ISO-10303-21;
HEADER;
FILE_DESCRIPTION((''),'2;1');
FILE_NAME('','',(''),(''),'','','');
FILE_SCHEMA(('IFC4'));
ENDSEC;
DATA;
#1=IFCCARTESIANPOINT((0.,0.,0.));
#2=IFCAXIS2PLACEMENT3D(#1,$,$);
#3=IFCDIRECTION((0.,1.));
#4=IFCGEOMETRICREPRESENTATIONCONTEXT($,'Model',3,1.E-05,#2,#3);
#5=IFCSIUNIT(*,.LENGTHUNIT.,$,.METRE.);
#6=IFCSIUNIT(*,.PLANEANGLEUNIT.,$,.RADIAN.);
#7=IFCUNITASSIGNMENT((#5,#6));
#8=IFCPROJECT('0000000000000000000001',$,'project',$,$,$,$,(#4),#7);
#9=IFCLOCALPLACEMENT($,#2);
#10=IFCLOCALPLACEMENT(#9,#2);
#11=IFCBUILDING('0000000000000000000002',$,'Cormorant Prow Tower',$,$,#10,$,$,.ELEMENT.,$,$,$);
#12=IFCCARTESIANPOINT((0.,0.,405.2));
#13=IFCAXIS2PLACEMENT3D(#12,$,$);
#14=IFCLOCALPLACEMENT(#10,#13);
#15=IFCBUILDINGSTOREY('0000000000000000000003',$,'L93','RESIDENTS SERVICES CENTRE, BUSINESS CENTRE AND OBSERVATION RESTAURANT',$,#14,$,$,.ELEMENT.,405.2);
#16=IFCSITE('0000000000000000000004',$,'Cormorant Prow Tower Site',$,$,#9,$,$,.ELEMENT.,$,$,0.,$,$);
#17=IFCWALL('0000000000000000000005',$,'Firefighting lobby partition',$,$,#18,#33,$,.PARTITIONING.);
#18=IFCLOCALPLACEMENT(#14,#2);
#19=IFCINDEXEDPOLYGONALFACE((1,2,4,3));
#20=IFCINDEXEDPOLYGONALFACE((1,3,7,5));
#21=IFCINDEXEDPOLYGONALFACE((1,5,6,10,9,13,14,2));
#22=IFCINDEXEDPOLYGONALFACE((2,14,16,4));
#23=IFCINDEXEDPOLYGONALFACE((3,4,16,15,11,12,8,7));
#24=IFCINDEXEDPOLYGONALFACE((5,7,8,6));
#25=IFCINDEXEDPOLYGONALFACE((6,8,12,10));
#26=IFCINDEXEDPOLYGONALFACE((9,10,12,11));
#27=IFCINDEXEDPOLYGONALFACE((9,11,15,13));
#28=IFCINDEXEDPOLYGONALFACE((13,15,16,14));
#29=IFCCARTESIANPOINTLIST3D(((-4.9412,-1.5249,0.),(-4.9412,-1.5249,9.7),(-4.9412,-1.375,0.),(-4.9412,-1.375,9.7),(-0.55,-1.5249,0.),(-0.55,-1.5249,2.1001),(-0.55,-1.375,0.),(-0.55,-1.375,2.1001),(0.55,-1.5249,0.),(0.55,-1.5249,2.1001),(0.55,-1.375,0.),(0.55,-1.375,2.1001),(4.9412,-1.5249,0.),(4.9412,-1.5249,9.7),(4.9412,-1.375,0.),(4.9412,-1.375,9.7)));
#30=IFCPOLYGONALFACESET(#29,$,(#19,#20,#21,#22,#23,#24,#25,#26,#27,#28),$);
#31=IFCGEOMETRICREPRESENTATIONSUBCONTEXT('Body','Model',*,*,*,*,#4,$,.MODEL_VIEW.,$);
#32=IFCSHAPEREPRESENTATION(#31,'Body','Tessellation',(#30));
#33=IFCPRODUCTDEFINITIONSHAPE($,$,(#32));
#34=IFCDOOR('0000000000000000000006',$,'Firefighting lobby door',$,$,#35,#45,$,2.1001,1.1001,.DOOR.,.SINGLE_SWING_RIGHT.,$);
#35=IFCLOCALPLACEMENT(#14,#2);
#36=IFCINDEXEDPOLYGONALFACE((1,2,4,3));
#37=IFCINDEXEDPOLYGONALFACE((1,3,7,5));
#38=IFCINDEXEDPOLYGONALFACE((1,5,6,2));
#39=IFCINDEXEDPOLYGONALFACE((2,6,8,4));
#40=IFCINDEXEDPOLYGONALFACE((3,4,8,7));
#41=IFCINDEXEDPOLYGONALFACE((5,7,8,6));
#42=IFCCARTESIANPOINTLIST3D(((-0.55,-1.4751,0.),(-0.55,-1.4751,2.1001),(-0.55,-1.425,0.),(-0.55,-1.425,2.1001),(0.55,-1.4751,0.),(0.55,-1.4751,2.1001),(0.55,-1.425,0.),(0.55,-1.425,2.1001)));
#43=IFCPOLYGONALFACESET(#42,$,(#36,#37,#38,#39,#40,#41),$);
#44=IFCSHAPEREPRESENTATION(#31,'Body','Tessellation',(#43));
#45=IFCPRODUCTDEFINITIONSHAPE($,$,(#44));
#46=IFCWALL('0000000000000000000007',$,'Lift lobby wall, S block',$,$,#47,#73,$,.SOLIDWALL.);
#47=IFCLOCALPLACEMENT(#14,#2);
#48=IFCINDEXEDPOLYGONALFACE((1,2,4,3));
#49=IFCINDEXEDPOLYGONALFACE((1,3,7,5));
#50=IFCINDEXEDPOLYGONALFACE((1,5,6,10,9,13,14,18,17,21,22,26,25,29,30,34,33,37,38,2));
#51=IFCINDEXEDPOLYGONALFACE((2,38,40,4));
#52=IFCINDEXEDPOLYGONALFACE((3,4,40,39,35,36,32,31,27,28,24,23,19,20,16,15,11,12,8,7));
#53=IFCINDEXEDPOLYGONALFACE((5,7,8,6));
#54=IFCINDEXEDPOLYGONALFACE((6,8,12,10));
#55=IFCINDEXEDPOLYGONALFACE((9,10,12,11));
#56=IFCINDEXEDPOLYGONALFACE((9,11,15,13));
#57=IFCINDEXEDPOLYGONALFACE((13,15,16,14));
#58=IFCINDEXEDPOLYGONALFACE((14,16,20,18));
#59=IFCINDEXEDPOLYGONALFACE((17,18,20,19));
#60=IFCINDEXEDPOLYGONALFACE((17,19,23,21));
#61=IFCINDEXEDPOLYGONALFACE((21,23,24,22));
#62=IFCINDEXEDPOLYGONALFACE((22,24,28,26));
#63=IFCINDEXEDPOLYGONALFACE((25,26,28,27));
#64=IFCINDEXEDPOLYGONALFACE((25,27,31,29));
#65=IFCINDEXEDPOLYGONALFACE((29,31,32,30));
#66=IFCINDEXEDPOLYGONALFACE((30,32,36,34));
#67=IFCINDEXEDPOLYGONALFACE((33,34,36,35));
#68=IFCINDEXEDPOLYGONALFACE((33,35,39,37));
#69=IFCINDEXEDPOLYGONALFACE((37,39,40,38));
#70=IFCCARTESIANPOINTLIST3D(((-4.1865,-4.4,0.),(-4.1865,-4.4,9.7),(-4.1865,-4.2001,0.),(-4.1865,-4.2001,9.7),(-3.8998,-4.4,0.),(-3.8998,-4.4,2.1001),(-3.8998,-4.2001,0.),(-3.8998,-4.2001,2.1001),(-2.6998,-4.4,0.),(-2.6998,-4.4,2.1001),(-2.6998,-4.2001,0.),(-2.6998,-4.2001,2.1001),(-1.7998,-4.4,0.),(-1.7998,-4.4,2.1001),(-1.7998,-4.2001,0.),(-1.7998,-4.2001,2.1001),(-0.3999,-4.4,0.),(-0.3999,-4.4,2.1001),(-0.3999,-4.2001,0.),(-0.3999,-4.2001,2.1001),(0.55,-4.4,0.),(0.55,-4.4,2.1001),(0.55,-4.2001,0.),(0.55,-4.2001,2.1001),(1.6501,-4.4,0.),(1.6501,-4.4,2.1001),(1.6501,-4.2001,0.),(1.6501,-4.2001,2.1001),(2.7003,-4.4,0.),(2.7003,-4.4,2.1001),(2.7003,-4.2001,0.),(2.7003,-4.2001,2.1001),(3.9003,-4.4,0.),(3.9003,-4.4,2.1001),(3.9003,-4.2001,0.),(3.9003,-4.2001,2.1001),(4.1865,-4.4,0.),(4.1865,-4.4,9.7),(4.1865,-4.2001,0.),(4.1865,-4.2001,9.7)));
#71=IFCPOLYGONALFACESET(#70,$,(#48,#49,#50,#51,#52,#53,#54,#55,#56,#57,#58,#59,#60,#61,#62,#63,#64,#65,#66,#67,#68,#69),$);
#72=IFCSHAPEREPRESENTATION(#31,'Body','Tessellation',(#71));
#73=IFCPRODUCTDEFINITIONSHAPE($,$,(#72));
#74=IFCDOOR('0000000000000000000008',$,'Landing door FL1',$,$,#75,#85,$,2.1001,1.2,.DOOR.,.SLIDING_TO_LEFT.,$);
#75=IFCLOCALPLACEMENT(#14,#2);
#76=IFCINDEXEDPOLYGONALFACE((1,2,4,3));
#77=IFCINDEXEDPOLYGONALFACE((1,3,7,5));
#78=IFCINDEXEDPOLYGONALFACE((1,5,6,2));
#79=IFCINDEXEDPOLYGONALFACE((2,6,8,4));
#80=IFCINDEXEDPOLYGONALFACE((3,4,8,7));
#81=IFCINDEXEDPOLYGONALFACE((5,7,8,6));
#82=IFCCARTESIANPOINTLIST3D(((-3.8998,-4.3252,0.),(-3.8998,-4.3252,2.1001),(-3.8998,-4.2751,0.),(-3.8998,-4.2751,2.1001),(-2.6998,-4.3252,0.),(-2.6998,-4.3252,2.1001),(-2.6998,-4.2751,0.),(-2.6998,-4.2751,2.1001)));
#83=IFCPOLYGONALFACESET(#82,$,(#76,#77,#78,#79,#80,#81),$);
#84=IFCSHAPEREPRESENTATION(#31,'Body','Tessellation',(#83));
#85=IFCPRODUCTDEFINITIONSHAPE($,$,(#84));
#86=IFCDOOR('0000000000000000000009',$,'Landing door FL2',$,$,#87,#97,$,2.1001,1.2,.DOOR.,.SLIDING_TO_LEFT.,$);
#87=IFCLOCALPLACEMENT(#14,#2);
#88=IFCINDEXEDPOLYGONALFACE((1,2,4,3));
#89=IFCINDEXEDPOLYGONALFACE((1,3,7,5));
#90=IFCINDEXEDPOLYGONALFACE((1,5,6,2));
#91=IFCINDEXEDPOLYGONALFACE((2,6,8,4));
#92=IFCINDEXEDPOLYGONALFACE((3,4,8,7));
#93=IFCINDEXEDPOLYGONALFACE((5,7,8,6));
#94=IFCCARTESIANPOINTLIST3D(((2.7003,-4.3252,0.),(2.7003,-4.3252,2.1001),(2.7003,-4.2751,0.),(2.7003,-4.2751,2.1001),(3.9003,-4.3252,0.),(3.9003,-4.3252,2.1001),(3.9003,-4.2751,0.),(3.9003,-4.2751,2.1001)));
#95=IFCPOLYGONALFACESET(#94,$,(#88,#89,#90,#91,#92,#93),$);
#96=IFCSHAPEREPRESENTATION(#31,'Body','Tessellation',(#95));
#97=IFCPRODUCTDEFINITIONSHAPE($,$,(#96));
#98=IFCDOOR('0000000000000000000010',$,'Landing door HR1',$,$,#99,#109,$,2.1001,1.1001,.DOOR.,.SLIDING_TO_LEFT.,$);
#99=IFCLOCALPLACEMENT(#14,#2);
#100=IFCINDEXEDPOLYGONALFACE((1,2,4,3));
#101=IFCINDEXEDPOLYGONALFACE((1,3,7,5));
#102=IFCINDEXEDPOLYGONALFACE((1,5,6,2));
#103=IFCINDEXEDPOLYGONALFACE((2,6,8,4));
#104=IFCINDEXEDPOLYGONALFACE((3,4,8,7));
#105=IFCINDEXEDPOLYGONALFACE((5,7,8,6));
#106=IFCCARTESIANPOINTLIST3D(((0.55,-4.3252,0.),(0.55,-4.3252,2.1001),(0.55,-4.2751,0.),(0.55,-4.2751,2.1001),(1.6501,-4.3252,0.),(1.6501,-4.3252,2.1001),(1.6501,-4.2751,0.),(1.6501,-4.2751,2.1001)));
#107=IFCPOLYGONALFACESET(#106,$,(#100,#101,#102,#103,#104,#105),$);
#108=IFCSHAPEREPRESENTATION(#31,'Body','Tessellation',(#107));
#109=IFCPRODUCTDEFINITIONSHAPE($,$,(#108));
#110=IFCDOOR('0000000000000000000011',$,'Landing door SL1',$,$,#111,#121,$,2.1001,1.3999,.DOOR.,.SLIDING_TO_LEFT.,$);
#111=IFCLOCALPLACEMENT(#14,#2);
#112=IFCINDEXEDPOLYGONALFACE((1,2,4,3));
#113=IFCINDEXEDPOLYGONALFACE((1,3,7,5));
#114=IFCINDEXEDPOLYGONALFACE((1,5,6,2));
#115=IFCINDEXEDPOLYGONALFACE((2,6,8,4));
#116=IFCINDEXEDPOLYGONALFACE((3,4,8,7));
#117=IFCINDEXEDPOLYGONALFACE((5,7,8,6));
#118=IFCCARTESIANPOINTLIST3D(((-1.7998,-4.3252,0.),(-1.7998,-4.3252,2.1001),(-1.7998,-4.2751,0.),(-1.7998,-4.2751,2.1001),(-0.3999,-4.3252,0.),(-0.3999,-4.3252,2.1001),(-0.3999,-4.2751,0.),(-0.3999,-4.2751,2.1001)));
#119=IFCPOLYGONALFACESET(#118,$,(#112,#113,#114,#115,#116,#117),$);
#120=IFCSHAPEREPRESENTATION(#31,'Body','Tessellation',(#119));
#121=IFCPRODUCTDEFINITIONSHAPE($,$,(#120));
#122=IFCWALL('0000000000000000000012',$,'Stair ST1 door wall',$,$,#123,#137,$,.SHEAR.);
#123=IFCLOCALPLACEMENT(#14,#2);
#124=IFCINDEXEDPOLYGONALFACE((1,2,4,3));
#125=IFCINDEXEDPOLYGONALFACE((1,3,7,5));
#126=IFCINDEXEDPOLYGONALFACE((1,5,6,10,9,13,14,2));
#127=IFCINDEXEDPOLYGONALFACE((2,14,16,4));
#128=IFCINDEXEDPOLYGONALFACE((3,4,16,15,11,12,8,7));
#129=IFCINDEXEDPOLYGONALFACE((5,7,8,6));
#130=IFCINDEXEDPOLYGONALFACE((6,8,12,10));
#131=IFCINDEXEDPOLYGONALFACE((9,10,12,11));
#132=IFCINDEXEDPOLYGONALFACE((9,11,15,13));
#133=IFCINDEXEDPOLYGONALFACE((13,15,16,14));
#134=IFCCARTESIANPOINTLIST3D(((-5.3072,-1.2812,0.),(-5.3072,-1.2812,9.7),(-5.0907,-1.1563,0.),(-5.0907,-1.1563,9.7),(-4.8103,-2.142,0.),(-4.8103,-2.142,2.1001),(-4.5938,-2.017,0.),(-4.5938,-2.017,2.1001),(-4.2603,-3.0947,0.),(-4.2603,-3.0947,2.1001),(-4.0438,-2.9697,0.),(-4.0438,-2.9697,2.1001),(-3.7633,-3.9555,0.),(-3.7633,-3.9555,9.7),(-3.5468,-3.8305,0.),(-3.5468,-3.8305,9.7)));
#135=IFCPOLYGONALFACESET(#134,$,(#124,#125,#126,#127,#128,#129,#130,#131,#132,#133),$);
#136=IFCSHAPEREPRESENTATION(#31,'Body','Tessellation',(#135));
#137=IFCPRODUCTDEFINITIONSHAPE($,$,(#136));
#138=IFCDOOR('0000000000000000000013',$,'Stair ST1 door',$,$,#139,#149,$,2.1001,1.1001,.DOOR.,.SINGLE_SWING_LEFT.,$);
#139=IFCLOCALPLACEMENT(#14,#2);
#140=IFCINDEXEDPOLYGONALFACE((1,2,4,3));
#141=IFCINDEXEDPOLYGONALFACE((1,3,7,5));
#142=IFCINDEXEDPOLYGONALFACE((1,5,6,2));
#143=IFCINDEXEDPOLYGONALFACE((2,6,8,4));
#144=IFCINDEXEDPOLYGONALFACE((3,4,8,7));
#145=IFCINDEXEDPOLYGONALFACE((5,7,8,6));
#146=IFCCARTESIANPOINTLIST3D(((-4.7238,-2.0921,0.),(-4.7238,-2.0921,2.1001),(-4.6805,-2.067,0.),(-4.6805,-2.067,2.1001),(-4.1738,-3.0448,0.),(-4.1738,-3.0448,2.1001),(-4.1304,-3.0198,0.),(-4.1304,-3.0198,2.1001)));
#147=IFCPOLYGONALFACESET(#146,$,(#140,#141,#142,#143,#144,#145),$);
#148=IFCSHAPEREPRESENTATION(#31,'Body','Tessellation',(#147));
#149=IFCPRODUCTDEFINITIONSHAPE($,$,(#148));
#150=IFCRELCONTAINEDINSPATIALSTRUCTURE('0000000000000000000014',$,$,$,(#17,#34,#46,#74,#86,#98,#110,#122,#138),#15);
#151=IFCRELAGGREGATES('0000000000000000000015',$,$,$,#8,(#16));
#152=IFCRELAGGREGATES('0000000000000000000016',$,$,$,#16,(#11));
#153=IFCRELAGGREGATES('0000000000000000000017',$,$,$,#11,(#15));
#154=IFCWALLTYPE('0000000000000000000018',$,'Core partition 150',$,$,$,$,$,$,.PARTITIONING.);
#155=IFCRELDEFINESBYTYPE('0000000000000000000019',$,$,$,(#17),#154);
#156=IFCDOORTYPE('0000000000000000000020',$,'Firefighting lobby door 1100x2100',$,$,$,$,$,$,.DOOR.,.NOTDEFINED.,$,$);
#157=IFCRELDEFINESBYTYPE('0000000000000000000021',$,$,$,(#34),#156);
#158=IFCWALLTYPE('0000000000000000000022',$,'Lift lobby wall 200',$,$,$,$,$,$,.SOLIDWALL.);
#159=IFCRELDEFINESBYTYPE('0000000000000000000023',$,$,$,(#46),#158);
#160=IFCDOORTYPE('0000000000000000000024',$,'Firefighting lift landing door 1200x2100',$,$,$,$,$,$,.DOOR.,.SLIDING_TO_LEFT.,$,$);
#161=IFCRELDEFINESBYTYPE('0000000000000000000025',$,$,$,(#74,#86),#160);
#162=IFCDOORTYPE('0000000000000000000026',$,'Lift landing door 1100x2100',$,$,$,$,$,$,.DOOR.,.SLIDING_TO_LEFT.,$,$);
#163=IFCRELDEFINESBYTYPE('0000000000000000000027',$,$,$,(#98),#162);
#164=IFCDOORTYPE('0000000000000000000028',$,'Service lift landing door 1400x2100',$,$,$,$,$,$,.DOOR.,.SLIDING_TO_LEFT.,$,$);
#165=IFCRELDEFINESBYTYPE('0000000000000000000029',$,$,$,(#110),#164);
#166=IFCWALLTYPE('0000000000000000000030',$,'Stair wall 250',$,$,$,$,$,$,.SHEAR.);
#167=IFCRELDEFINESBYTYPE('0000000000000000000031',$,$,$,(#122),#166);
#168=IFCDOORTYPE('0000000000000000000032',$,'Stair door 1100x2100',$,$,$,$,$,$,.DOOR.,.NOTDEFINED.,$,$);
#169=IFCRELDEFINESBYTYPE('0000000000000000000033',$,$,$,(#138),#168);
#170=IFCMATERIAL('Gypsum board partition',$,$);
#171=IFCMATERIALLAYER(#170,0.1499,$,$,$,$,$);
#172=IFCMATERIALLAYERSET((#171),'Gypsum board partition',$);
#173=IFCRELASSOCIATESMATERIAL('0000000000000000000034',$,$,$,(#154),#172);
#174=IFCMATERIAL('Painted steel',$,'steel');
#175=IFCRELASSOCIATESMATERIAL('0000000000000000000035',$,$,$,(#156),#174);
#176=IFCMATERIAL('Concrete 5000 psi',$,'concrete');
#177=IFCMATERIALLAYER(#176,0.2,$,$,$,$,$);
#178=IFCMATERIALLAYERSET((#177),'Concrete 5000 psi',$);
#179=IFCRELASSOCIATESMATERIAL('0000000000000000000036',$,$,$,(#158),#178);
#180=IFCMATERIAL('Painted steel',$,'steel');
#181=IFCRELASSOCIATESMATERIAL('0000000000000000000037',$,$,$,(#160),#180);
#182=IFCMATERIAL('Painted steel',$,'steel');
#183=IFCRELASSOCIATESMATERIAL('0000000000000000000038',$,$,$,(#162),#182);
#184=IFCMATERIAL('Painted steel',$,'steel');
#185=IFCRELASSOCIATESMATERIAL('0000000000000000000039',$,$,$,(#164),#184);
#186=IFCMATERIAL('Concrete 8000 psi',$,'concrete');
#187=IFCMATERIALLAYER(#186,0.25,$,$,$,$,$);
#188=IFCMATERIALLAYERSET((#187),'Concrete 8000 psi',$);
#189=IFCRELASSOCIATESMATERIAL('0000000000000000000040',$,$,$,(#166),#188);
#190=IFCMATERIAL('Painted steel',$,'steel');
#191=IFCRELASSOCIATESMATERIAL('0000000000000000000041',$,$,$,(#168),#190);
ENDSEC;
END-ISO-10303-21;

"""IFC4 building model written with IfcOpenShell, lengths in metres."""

from ifc_helpers import new_model, si_unit, direction, frame, frame_2d, origin, place, context, subcontext, project, spatial, rectangle, extrude, material, layer, layer_set, type_object, element, fill, save


model = new_model("IFC4")

# Units and contexts
model_context = context("Model", 3, precision=1e-05, world=origin(), true_north=direction((0.0, 1.0)))
body_context = subcontext(model_context, "Body", "Model", "MODEL_VIEW")
ifc_project = project(units=[si_unit("LENGTHUNIT", "METRE"), si_unit("PLANEANGLEUNIT", "RADIAN")], contexts=[model_context])

# Site, building, storey
site_placement = place(None, origin())
site = spatial("IfcSite", under=ifc_project, at=site_placement, Name="Cormorant Prow Tower Site", CompositionType="ELEMENT", RefElevation=0.0)
building_placement = place(site_placement, origin())
building = spatial("IfcBuilding", under=site, at=building_placement, Name="Cormorant Prow Tower", CompositionType="ELEMENT")
storey_placement = place(building_placement, frame((0.0, 0.0, 405.2)))
storey = spatial("IfcBuildingStorey", under=building, at=storey_placement, Name="L93", Description="RESIDENTS SERVICES CENTRE, BUSINESS CENTRE AND OBSERVATION RESTAURANT", CompositionType="ELEMENT", Elevation=405.2)

# Wall, opening, door
ifc_material_1 = material(Name="Gypsum board partition")
ifc_layer_1 = layer(ifc_material_1, 0.1499)
ifc_layer_set_1 = layer_set([ifc_layer_1], Name="Gypsum board partition")
wall_type_1 = type_object("IfcWallType", Name="Core partition 150", PredefinedType="PARTITIONING", material=ifc_layer_set_1)
wall_1_placement = place(storey_placement, frame((-4.9412, -1.45, 0.0), z_axis=(0.0, 0.0, 1.0), x_axis=(1.0, 0.0, 0.0)))
wall_1 = element("IfcWall", 1, at=wall_1_placement, inside=storey, type_object=wall_type_1, Name="Firefighting lobby partition", PredefinedType="PARTITIONING", context=body_context, shape_type="SweptSolid", body=[
    extrude(rectangle(XDim=9.8823, YDim=0.1499, at=frame_2d((4.9412, 0.0))), origin(), (0.0, 0.0, 1.0), 9.7),
])
opening_1_placement = place(wall_1_placement, frame((4.3911, 0.0, 0.0)))
opening_1 = element("IfcOpeningElement", 2, at=opening_1_placement, cuts=wall_1, PredefinedType="OPENING", context=body_context, shape_type="SweptSolid", body=[
    extrude(rectangle(XDim=1.1001, YDim=2.1001, at=frame_2d((0.55, 1.05))), frame((0.0, 0.085, 0.0), z_axis=(0.0, -1.0, 0.0), x_axis=(1.0, 0.0, 0.0)), (0.0, 0.0, 1.0), 0.1699),
])
ifc_material_2 = material(Name="Painted steel", Category="steel")
door_type_1 = type_object("IfcDoorType", Name="Firefighting lobby door 1100x2100", OperationType="NOTDEFINED", PredefinedType="DOOR", material=ifc_material_2)
door_1_placement = place(opening_1_placement, origin())
door_1 = element("IfcDoor", 3, at=door_1_placement, inside=storey, type_object=door_type_1, Name="Firefighting lobby door", OperationType="SINGLE_SWING_RIGHT", OverallHeight=2.1001, OverallWidth=1.1001, PredefinedType="DOOR", context=body_context, shape_type="SweptSolid", body=[
    extrude(rectangle(XDim=1.1001, YDim=2.1001, at=frame_2d((0.55, 1.05))), frame((0.0, 0.0249, 0.0), z_axis=(0.0, -1.0, 0.0), x_axis=(1.0, 0.0, 0.0)), (0.0, 0.0, 1.0), 0.05),
])
fill(opening_1, door_1)

# Wall, openings, doors
ifc_material_3 = material(Name="Concrete 5000 psi", Category="concrete")
ifc_layer_2 = layer(ifc_material_3, 0.2)
ifc_layer_set_2 = layer_set([ifc_layer_2], Name="Concrete 5000 psi")
wall_type_2 = type_object("IfcWallType", Name="Lift lobby wall 200", PredefinedType="SOLIDWALL", material=ifc_layer_set_2)
wall_2_placement = place(storey_placement, frame((-4.1865, -4.3, 0.0), z_axis=(0.0, 0.0, 1.0), x_axis=(1.0, 0.0, 0.0)))
wall_2 = element("IfcWall", 4, at=wall_2_placement, inside=storey, type_object=wall_type_2, Name="Lift lobby wall, S block", PredefinedType="SOLIDWALL", context=body_context, shape_type="SweptSolid", body=[
    extrude(rectangle(XDim=8.373, YDim=0.2, at=frame_2d((4.1865, 0.0))), origin(), (0.0, 0.0, 1.0), 9.7),
])
opening_2_placement = place(wall_2_placement, frame((0.2866, 0.0, 0.0)))
opening_2 = element("IfcOpeningElement", 5, at=opening_2_placement, cuts=wall_2, PredefinedType="OPENING", context=body_context, shape_type="SweptSolid", body=[
    extrude(rectangle(XDim=1.2, YDim=2.1001, at=frame_2d((0.6001, 1.05))), frame((0.0, 0.1099, 0.0), z_axis=(0.0, -1.0, 0.0), x_axis=(1.0, 0.0, 0.0)), (0.0, 0.0, 1.0), 0.22),
])
opening_3_placement = place(wall_2_placement, frame((2.3867, 0.0, 0.0)))
opening_3 = element("IfcOpeningElement", 6, at=opening_3_placement, cuts=wall_2, PredefinedType="OPENING", context=body_context, shape_type="SweptSolid", body=[
    extrude(rectangle(XDim=1.3999, YDim=2.1001, at=frame_2d((0.7, 1.05))), frame((0.0, 0.1099, 0.0), z_axis=(0.0, -1.0, 0.0), x_axis=(1.0, 0.0, 0.0)), (0.0, 0.0, 1.0), 0.22),
])
opening_4_placement = place(wall_2_placement, frame((4.7366, 0.0, 0.0)))
opening_4 = element("IfcOpeningElement", 7, at=opening_4_placement, cuts=wall_2, PredefinedType="OPENING", context=body_context, shape_type="SweptSolid", body=[
    extrude(rectangle(XDim=1.1001, YDim=2.1001, at=frame_2d((0.55, 1.05))), frame((0.0, 0.1099, 0.0), z_axis=(0.0, -1.0, 0.0), x_axis=(1.0, 0.0, 0.0)), (0.0, 0.0, 1.0), 0.22),
])
opening_5_placement = place(wall_2_placement, frame((6.8867, 0.0, 0.0)))
opening_5 = element("IfcOpeningElement", 8, at=opening_5_placement, cuts=wall_2, PredefinedType="OPENING", context=body_context, shape_type="SweptSolid", body=[
    extrude(rectangle(XDim=1.2, YDim=2.1001, at=frame_2d((0.6001, 1.05))), frame((0.0, 0.1099, 0.0), z_axis=(0.0, -1.0, 0.0), x_axis=(1.0, 0.0, 0.0)), (0.0, 0.0, 1.0), 0.22),
])
ifc_material_4 = material(Name="Painted steel", Category="steel")
door_type_2 = type_object("IfcDoorType", Name="Firefighting lift landing door 1200x2100", OperationType="SLIDING_TO_LEFT", PredefinedType="DOOR", material=ifc_material_4)
door_2_placement = place(opening_2_placement, origin())
door_2 = element("IfcDoor", 9, at=door_2_placement, inside=storey, type_object=door_type_2, Name="Landing door FL1", OperationType="SLIDING_TO_LEFT", OverallHeight=2.1001, OverallWidth=1.2, PredefinedType="DOOR", context=body_context, shape_type="SweptSolid", body=[
    extrude(rectangle(XDim=1.2, YDim=2.1001, at=frame_2d((0.6001, 1.05))), frame((0.0, 0.0249, 0.0), z_axis=(0.0, -1.0, 0.0), x_axis=(1.0, 0.0, 0.0)), (0.0, 0.0, 1.0), 0.05),
])
fill(opening_2, door_2)
door_3_placement = place(opening_5_placement, origin())
door_3 = element("IfcDoor", 10, at=door_3_placement, inside=storey, type_object=door_type_2, Name="Landing door FL2", OperationType="SLIDING_TO_LEFT", OverallHeight=2.1001, OverallWidth=1.2, PredefinedType="DOOR", context=body_context, shape_type="SweptSolid", body=[
    extrude(rectangle(XDim=1.2, YDim=2.1001, at=frame_2d((0.6001, 1.05))), frame((0.0, 0.0249, 0.0), z_axis=(0.0, -1.0, 0.0), x_axis=(1.0, 0.0, 0.0)), (0.0, 0.0, 1.0), 0.05),
])
fill(opening_5, door_3)
ifc_material_5 = material(Name="Painted steel", Category="steel")
door_type_3 = type_object("IfcDoorType", Name="Lift landing door 1100x2100", OperationType="SLIDING_TO_LEFT", PredefinedType="DOOR", material=ifc_material_5)
door_4_placement = place(opening_4_placement, origin())
door_4 = element("IfcDoor", 11, at=door_4_placement, inside=storey, type_object=door_type_3, Name="Landing door HR1", OperationType="SLIDING_TO_LEFT", OverallHeight=2.1001, OverallWidth=1.1001, PredefinedType="DOOR", context=body_context, shape_type="SweptSolid", body=[
    extrude(rectangle(XDim=1.1001, YDim=2.1001, at=frame_2d((0.55, 1.05))), frame((0.0, 0.0249, 0.0), z_axis=(0.0, -1.0, 0.0), x_axis=(1.0, 0.0, 0.0)), (0.0, 0.0, 1.0), 0.05),
])
fill(opening_4, door_4)
ifc_material_6 = material(Name="Painted steel", Category="steel")
door_type_4 = type_object("IfcDoorType", Name="Service lift landing door 1400x2100", OperationType="SLIDING_TO_LEFT", PredefinedType="DOOR", material=ifc_material_6)
door_5_placement = place(opening_3_placement, origin())
door_5 = element("IfcDoor", 12, at=door_5_placement, inside=storey, type_object=door_type_4, Name="Landing door SL1", OperationType="SLIDING_TO_LEFT", OverallHeight=2.1001, OverallWidth=1.3999, PredefinedType="DOOR", context=body_context, shape_type="SweptSolid", body=[
    extrude(rectangle(XDim=1.3999, YDim=2.1001, at=frame_2d((0.7, 1.05))), frame((0.0, 0.0249, 0.0), z_axis=(0.0, -1.0, 0.0), x_axis=(1.0, 0.0, 0.0)), (0.0, 0.0, 1.0), 0.05),
])
fill(opening_3, door_5)

# Wall, opening, door
ifc_material_7 = material(Name="Concrete 8000 psi", Category="concrete")
ifc_layer_3 = layer(ifc_material_7, 0.25)
ifc_layer_set_3 = layer_set([ifc_layer_3], Name="Concrete 8000 psi")
wall_type_3 = type_object("IfcWallType", Name="Stair wall 250", PredefinedType="SHEAR", material=ifc_layer_set_3)
wall_3_placement = place(storey_placement, frame((-5.199, -1.2188, 0.0), z_axis=(0.0, 0.0, 1.0), x_axis=(0.499983, -0.866035, 0.0)))
wall_3 = element("IfcWall", 13, at=wall_3_placement, inside=storey, type_object=wall_type_3, Name="Stair ST1 door wall", PredefinedType="SHEAR", context=body_context, shape_type="SweptSolid", body=[
    extrude(rectangle(XDim=3.0879, YDim=0.25, at=frame_2d((1.5439, 0.0))), origin(), (0.0, 0.0, 1.0), 9.7),
])
opening_6_placement = place(wall_3_placement, frame((0.9939, 0.0, 0.0)))
opening_6 = element("IfcOpeningElement", 14, at=opening_6_placement, cuts=wall_3, PredefinedType="OPENING", context=body_context, shape_type="SweptSolid", body=[
    extrude(rectangle(XDim=1.1001, YDim=2.1001, at=frame_2d((0.55, 1.05))), frame((0.0, 0.135, 0.0), z_axis=(0.0, -1.0, 0.0), x_axis=(1.0, 0.0, 0.0)), (0.0, 0.0, 1.0), 0.27),
])
ifc_material_8 = material(Name="Painted steel", Category="steel")
door_type_5 = type_object("IfcDoorType", Name="Stair door 1100x2100", OperationType="NOTDEFINED", PredefinedType="DOOR", material=ifc_material_8)
door_6_placement = place(opening_6_placement, origin())
door_6 = element("IfcDoor", 15, at=door_6_placement, inside=storey, type_object=door_type_5, Name="Stair ST1 door", OperationType="SINGLE_SWING_LEFT", OverallHeight=2.1001, OverallWidth=1.1001, PredefinedType="DOOR", context=body_context, shape_type="SweptSolid", body=[
    extrude(rectangle(XDim=1.1001, YDim=2.1001, at=frame_2d((0.55, 1.05))), frame((0.0, 0.0249, 0.0), z_axis=(0.0, -1.0, 0.0), x_axis=(1.0, 0.0, 0.0)), (0.0, 0.0, 1.0), 0.05),
])
fill(opening_6, door_6)

save(model, "model.ifc")
